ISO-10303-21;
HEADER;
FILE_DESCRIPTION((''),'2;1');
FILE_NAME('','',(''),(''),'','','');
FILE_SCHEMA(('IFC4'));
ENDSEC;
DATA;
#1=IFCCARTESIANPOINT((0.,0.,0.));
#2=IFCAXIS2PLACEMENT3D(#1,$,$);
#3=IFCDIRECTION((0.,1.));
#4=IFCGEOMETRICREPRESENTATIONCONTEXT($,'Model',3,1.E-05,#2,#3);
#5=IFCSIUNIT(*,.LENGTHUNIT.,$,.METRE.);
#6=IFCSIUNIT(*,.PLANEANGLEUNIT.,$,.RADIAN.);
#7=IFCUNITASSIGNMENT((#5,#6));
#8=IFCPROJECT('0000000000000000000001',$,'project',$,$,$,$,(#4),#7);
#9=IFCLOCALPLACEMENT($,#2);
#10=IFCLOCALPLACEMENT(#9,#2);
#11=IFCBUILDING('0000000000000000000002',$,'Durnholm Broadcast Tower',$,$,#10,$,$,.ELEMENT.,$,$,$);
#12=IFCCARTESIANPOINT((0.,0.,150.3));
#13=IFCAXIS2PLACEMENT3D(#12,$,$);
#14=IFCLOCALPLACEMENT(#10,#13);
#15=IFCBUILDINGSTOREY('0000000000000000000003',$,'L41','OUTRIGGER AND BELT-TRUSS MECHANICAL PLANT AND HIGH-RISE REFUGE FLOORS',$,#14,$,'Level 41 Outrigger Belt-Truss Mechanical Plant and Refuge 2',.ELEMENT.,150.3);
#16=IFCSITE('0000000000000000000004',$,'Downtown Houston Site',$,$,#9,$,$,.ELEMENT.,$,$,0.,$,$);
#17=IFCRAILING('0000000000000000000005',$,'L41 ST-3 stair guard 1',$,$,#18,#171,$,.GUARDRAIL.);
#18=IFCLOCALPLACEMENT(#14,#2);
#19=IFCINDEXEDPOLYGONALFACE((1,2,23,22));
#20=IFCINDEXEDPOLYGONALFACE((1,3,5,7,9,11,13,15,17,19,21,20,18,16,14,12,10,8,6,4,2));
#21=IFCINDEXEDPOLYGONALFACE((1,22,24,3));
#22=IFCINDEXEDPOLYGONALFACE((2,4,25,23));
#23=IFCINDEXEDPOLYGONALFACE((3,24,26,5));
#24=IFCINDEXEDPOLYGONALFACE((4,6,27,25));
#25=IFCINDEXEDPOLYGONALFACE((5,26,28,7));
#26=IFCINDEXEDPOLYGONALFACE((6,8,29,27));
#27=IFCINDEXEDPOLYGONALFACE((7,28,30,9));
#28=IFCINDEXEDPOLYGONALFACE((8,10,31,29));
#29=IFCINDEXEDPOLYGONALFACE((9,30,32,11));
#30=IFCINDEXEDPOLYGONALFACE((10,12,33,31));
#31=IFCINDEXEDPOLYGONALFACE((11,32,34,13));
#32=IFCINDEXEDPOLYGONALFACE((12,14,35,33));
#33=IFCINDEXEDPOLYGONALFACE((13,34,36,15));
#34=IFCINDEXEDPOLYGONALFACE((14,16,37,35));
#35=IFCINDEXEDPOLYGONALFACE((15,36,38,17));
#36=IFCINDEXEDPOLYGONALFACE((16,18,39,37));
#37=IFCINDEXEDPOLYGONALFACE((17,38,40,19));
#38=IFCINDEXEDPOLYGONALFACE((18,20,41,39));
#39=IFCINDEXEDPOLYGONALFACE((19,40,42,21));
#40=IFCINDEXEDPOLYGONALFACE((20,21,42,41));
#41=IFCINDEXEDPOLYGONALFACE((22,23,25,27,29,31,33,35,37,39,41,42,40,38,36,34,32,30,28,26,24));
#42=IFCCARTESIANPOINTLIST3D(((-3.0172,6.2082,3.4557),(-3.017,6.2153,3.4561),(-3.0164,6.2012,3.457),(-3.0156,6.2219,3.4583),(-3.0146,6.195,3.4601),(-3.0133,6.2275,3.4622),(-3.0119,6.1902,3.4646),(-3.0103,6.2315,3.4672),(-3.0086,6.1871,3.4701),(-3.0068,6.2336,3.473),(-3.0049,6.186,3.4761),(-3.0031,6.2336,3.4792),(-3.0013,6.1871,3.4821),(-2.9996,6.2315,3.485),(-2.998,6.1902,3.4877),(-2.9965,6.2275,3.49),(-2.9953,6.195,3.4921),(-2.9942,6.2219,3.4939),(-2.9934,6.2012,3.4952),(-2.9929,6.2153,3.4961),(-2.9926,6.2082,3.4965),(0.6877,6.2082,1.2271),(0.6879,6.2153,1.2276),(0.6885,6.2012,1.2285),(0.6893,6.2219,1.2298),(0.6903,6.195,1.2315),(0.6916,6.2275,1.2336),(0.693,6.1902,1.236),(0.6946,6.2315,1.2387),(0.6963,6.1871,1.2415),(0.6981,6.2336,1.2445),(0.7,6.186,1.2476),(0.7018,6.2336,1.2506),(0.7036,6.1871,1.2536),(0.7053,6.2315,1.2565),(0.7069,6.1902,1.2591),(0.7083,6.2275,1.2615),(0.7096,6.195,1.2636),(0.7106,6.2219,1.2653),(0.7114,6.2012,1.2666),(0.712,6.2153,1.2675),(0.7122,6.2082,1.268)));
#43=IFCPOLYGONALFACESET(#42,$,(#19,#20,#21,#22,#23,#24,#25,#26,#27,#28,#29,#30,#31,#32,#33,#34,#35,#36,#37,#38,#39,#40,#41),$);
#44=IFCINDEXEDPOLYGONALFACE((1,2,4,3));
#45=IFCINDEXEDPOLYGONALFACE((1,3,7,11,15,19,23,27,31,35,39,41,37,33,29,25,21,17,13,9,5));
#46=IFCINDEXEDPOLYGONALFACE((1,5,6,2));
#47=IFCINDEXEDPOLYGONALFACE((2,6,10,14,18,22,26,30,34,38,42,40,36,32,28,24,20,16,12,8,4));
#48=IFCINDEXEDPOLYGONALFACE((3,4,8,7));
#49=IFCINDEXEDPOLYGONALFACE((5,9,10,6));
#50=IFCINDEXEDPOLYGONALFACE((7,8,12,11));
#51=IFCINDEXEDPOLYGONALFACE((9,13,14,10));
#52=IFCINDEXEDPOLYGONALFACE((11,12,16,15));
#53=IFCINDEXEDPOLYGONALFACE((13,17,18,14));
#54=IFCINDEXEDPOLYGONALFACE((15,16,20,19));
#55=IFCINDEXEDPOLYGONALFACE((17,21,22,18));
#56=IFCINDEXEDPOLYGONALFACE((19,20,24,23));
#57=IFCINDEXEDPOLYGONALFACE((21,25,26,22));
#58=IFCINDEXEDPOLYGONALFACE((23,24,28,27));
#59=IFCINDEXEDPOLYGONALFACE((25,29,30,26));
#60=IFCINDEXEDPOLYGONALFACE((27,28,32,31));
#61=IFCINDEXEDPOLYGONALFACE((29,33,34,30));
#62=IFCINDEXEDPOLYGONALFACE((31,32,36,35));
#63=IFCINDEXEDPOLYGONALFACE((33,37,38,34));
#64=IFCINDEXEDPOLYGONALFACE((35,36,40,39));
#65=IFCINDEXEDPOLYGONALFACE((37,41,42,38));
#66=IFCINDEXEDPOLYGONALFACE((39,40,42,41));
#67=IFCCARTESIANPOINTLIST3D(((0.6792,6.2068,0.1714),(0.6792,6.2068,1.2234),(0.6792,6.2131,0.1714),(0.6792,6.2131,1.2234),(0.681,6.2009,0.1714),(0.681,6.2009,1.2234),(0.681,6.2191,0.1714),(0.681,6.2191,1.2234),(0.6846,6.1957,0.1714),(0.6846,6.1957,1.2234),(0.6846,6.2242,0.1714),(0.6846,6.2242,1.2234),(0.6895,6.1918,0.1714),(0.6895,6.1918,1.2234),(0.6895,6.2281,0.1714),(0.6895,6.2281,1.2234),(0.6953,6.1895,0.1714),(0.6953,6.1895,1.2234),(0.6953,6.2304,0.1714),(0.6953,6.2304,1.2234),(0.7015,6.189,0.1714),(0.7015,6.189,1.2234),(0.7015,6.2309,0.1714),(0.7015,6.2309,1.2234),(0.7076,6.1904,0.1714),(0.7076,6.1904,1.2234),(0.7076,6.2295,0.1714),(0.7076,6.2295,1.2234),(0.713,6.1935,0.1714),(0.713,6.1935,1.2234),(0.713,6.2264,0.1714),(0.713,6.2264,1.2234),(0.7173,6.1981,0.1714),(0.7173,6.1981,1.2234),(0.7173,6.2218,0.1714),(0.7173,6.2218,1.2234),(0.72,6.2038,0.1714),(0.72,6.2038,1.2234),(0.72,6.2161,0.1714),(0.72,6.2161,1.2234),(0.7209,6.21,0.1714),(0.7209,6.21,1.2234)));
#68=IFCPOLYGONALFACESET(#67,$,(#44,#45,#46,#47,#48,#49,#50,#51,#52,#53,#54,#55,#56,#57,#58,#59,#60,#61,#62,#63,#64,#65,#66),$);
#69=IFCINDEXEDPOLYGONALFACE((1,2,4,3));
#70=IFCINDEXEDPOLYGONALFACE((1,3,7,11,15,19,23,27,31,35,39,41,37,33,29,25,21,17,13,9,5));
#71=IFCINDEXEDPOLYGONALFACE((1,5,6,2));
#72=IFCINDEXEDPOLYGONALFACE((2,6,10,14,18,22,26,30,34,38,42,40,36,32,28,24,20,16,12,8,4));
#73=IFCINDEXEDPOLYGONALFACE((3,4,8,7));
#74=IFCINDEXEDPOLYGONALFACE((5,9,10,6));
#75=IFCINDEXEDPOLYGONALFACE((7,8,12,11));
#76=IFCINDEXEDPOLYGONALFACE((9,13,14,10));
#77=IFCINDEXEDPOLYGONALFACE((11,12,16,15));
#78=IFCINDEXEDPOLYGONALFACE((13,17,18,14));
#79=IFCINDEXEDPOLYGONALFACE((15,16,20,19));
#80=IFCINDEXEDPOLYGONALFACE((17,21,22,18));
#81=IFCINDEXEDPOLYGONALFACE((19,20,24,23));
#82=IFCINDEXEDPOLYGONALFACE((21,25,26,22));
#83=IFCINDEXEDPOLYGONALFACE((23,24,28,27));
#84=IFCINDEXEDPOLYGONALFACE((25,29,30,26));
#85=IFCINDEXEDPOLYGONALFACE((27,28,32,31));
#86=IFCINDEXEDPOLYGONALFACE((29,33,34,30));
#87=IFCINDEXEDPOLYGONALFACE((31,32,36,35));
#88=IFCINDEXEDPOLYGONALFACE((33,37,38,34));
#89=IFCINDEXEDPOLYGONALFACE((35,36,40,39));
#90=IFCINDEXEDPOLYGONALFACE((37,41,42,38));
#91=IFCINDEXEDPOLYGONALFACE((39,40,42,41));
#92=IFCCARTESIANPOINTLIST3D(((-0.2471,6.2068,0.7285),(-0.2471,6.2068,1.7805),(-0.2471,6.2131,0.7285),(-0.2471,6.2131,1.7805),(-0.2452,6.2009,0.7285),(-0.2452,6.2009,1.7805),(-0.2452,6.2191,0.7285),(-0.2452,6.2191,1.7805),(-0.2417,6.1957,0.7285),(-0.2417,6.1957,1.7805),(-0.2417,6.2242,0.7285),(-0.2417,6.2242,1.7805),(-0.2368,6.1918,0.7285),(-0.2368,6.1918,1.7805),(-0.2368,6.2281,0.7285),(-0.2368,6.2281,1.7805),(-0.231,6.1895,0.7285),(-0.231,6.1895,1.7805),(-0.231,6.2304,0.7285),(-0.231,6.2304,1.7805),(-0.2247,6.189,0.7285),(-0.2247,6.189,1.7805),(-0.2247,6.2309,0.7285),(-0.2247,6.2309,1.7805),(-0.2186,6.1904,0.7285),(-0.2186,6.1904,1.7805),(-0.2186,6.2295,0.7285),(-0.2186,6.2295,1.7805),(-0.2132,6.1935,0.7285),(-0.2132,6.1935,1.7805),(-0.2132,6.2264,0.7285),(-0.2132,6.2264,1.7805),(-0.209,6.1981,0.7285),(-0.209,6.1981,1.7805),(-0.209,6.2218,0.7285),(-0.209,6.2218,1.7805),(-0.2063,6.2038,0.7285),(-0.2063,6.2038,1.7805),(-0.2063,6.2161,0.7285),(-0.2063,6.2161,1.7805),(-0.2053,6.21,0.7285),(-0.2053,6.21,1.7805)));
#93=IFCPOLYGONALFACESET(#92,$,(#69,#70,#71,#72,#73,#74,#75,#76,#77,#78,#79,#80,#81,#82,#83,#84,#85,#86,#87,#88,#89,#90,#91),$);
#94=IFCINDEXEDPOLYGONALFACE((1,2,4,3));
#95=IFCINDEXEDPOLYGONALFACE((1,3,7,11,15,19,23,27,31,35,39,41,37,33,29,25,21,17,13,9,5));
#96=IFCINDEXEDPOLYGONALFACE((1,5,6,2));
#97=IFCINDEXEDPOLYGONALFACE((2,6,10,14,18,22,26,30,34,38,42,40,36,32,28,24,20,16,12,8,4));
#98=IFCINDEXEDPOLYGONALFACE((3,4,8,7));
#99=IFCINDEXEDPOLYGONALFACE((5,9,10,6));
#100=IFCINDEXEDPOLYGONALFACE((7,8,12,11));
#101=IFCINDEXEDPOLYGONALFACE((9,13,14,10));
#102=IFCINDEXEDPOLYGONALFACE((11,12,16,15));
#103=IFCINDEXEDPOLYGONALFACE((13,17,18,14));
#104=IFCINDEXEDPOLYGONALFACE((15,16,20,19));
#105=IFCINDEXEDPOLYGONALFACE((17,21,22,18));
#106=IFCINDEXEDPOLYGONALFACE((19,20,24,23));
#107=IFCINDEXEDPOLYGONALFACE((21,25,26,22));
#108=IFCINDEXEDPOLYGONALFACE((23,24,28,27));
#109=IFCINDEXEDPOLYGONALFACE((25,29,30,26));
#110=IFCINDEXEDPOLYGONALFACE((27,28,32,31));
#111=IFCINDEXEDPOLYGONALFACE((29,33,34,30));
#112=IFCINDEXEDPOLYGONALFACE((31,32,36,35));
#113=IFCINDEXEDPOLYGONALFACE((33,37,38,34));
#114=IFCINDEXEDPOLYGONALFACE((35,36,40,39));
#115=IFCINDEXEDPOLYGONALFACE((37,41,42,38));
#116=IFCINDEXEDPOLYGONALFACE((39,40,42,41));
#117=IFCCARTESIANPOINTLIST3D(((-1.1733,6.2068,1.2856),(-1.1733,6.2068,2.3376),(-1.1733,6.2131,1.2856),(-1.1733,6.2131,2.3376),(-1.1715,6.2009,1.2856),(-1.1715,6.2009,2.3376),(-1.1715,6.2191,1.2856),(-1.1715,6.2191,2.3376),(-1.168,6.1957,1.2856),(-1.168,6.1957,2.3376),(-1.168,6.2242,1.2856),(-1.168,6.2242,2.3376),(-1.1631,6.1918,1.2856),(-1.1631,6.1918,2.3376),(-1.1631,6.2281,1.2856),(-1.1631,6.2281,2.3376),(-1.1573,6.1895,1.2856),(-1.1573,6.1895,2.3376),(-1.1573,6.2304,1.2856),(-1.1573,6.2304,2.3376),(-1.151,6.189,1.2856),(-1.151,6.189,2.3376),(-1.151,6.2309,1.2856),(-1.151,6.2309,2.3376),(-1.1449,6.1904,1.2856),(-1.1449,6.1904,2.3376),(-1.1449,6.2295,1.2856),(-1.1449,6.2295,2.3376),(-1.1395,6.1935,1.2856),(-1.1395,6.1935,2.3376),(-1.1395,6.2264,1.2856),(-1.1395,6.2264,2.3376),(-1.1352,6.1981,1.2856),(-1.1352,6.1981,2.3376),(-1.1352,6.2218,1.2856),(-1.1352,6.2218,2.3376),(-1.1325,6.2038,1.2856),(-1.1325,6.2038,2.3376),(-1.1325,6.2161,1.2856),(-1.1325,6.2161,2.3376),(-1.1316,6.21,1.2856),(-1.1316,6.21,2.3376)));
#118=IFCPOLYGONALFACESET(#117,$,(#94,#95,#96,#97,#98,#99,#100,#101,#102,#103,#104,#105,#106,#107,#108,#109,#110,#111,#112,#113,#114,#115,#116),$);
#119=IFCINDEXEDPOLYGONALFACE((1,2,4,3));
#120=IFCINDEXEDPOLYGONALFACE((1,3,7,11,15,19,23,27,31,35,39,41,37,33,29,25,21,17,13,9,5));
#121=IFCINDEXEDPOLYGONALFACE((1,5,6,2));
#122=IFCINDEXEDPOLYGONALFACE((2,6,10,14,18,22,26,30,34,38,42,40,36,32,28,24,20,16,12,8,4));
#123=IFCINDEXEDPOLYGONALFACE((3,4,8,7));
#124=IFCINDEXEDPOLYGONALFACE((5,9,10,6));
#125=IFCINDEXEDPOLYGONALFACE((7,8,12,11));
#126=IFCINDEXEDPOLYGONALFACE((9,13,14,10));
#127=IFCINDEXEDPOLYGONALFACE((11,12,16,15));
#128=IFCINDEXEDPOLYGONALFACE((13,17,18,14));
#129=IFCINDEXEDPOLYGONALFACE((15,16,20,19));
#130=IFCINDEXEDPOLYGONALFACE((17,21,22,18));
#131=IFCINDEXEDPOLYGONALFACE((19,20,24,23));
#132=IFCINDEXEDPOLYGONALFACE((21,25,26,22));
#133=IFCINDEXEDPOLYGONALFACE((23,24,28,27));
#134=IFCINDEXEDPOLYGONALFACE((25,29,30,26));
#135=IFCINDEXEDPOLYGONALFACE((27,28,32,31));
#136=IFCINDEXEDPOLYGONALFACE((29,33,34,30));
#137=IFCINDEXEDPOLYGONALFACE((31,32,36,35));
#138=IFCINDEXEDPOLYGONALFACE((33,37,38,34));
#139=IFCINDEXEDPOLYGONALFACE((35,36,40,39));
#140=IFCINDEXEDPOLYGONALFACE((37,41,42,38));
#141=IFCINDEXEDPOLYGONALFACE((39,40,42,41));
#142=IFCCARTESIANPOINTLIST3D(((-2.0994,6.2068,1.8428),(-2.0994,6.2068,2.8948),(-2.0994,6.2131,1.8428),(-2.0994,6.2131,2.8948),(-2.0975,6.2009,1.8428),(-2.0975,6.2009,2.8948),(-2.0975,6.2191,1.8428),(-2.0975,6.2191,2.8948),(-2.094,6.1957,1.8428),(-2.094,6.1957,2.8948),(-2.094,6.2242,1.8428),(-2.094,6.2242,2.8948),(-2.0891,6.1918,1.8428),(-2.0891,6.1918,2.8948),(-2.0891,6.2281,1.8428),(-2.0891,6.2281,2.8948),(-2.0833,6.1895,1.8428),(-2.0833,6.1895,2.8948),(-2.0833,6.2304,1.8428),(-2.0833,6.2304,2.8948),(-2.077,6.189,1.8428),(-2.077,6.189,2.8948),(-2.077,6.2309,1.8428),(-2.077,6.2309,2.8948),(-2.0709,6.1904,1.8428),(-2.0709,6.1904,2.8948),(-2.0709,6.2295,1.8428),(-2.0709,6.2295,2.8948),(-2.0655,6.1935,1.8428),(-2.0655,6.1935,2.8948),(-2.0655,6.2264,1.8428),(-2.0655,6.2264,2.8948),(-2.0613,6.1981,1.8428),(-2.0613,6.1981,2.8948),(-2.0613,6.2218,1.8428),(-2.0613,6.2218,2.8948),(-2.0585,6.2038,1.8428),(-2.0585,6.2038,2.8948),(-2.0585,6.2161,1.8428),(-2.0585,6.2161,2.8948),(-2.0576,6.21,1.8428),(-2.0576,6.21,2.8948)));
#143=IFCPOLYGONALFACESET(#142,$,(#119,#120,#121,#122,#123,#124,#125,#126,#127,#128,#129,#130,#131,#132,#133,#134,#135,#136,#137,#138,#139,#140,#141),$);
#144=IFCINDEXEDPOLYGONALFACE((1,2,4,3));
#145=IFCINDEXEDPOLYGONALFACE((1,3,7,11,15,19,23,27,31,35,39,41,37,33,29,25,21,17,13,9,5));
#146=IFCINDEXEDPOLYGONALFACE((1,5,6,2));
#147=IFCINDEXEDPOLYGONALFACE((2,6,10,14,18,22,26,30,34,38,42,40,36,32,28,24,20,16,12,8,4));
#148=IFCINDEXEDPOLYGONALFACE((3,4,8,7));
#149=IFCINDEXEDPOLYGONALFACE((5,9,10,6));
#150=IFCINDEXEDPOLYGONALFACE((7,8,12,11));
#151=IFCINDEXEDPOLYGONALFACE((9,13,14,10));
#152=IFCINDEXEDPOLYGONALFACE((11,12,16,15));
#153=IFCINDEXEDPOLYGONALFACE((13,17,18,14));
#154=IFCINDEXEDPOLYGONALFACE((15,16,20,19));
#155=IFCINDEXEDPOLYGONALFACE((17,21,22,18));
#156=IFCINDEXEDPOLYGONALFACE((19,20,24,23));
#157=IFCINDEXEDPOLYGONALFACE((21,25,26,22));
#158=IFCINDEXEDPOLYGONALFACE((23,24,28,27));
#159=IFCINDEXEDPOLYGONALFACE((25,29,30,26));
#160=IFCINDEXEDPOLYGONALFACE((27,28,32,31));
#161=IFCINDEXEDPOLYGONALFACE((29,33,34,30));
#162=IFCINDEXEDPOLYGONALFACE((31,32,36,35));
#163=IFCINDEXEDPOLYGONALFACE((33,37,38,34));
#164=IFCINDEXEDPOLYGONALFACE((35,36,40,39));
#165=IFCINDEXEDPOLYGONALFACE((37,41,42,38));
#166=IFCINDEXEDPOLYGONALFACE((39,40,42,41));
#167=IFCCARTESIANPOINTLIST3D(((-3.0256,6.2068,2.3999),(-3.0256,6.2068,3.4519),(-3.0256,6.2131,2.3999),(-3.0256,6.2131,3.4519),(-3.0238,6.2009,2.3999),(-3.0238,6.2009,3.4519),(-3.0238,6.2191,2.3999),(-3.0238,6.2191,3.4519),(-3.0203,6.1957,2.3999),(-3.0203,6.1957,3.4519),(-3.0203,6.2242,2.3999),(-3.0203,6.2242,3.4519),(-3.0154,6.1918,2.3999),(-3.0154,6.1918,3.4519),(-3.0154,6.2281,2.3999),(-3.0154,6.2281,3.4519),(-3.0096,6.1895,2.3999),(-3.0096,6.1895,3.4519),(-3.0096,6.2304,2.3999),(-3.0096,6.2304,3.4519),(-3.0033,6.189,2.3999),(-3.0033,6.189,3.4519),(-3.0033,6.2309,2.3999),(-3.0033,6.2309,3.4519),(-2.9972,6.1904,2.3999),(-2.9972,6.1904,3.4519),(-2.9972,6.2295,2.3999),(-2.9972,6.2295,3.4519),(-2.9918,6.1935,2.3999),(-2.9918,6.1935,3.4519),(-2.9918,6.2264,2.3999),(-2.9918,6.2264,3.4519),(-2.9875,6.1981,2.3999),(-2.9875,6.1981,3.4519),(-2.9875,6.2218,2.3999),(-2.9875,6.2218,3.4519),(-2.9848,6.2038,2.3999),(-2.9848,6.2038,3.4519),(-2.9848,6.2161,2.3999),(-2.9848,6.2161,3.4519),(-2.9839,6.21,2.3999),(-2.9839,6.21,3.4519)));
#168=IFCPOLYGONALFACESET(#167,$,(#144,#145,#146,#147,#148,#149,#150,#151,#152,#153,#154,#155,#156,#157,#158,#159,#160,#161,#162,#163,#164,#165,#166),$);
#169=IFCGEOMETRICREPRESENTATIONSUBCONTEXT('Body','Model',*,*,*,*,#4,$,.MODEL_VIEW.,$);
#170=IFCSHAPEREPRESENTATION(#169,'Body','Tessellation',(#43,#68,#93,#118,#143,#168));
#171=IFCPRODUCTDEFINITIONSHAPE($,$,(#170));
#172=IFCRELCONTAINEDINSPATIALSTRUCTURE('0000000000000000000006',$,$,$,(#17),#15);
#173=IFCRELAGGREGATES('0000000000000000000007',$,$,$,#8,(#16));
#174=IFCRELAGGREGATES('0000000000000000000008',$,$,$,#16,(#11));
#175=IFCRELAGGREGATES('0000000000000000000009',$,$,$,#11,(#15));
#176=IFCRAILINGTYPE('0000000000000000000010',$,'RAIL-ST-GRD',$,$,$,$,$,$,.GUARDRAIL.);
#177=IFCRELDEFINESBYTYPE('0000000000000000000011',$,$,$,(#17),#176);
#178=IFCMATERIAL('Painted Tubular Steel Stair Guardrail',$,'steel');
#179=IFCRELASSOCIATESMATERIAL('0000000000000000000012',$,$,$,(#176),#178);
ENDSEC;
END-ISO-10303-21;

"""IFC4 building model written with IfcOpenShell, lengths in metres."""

from ifc_helpers import new_model, si_unit, direction, frame, origin, origin_2d, place, context, subcontext, project, spatial, circle, extrude, material, type_object, element, save


model = new_model("IFC4")

# Units and contexts
model_context = context("Model", 3, precision=1e-05, world=origin(), true_north=direction((0.0, 1.0)))
body_context = subcontext(model_context, "Body", "Model", "MODEL_VIEW")
ifc_project = project(units=[si_unit("LENGTHUNIT", "METRE"), si_unit("PLANEANGLEUNIT", "RADIAN")], contexts=[model_context])

# Site, building, storey
site_placement = place(None, origin())
site = spatial("IfcSite", under=ifc_project, at=site_placement, Name="Downtown Houston Site", CompositionType="ELEMENT", RefElevation=0.0)
building_placement = place(site_placement, origin())
building = spatial("IfcBuilding", under=site, at=building_placement, Name="Durnholm Broadcast Tower", CompositionType="ELEMENT")
storey_placement = place(building_placement, frame((0.0, 0.0, 150.3)))
storey = spatial("IfcBuildingStorey", under=building, at=storey_placement, Name="L41", Description="OUTRIGGER AND BELT-TRUSS MECHANICAL PLANT AND HIGH-RISE REFUGE FLOORS", LongName="Level 41 Outrigger Belt-Truss Mechanical Plant and Refuge 2", CompositionType="ELEMENT", Elevation=150.3)

# Railing
ifc_material_1 = material(Name="Painted Tubular Steel Stair Guardrail", Category="steel")
railing_type_1 = type_object("IfcRailingType", Name="RAIL-ST-GRD", PredefinedType="GUARDRAIL", material=ifc_material_1)
railing_1_placement = place(storey_placement, frame((0.7, 6.21, 0.1714)))
element("IfcRailing", 1, at=railing_1_placement, inside=storey, type_object=railing_type_1, Name="L41 ST-3 stair guard 1", PredefinedType="GUARDRAIL", context=body_context, shape_type="SweptSolid", body=[
    extrude(circle(Radius=0.0239, at=origin_2d()), frame((0.0, 0.0, 1.0762), z_axis=(-0.856919, 0.0, 0.51545), x_axis=(0.0, -1.0, 0.0)), (0.0, 0.0, 1.0), 4.3235),
    extrude(circle(Radius=0.021, at=origin_2d()), origin(), (0.0, 0.0, 1.0), 1.052),
    extrude(circle(Radius=0.021, at=origin_2d()), frame((-0.9263, 0.0, 0.5571)), (0.0, 0.0, 1.0), 1.052),
    extrude(circle(Radius=0.021, at=origin_2d()), frame((-1.8525, 0.0, 1.1143)), (0.0, 0.0, 1.0), 1.052),
    extrude(circle(Radius=0.021, at=origin_2d()), frame((-2.7786, 0.0, 1.6714)), (0.0, 0.0, 1.0), 1.052),
    extrude(circle(Radius=0.021, at=origin_2d()), frame((-3.7048, 0.0, 2.2285)), (0.0, 0.0, 1.0), 1.052),
])

save(model, "model.ifc")
